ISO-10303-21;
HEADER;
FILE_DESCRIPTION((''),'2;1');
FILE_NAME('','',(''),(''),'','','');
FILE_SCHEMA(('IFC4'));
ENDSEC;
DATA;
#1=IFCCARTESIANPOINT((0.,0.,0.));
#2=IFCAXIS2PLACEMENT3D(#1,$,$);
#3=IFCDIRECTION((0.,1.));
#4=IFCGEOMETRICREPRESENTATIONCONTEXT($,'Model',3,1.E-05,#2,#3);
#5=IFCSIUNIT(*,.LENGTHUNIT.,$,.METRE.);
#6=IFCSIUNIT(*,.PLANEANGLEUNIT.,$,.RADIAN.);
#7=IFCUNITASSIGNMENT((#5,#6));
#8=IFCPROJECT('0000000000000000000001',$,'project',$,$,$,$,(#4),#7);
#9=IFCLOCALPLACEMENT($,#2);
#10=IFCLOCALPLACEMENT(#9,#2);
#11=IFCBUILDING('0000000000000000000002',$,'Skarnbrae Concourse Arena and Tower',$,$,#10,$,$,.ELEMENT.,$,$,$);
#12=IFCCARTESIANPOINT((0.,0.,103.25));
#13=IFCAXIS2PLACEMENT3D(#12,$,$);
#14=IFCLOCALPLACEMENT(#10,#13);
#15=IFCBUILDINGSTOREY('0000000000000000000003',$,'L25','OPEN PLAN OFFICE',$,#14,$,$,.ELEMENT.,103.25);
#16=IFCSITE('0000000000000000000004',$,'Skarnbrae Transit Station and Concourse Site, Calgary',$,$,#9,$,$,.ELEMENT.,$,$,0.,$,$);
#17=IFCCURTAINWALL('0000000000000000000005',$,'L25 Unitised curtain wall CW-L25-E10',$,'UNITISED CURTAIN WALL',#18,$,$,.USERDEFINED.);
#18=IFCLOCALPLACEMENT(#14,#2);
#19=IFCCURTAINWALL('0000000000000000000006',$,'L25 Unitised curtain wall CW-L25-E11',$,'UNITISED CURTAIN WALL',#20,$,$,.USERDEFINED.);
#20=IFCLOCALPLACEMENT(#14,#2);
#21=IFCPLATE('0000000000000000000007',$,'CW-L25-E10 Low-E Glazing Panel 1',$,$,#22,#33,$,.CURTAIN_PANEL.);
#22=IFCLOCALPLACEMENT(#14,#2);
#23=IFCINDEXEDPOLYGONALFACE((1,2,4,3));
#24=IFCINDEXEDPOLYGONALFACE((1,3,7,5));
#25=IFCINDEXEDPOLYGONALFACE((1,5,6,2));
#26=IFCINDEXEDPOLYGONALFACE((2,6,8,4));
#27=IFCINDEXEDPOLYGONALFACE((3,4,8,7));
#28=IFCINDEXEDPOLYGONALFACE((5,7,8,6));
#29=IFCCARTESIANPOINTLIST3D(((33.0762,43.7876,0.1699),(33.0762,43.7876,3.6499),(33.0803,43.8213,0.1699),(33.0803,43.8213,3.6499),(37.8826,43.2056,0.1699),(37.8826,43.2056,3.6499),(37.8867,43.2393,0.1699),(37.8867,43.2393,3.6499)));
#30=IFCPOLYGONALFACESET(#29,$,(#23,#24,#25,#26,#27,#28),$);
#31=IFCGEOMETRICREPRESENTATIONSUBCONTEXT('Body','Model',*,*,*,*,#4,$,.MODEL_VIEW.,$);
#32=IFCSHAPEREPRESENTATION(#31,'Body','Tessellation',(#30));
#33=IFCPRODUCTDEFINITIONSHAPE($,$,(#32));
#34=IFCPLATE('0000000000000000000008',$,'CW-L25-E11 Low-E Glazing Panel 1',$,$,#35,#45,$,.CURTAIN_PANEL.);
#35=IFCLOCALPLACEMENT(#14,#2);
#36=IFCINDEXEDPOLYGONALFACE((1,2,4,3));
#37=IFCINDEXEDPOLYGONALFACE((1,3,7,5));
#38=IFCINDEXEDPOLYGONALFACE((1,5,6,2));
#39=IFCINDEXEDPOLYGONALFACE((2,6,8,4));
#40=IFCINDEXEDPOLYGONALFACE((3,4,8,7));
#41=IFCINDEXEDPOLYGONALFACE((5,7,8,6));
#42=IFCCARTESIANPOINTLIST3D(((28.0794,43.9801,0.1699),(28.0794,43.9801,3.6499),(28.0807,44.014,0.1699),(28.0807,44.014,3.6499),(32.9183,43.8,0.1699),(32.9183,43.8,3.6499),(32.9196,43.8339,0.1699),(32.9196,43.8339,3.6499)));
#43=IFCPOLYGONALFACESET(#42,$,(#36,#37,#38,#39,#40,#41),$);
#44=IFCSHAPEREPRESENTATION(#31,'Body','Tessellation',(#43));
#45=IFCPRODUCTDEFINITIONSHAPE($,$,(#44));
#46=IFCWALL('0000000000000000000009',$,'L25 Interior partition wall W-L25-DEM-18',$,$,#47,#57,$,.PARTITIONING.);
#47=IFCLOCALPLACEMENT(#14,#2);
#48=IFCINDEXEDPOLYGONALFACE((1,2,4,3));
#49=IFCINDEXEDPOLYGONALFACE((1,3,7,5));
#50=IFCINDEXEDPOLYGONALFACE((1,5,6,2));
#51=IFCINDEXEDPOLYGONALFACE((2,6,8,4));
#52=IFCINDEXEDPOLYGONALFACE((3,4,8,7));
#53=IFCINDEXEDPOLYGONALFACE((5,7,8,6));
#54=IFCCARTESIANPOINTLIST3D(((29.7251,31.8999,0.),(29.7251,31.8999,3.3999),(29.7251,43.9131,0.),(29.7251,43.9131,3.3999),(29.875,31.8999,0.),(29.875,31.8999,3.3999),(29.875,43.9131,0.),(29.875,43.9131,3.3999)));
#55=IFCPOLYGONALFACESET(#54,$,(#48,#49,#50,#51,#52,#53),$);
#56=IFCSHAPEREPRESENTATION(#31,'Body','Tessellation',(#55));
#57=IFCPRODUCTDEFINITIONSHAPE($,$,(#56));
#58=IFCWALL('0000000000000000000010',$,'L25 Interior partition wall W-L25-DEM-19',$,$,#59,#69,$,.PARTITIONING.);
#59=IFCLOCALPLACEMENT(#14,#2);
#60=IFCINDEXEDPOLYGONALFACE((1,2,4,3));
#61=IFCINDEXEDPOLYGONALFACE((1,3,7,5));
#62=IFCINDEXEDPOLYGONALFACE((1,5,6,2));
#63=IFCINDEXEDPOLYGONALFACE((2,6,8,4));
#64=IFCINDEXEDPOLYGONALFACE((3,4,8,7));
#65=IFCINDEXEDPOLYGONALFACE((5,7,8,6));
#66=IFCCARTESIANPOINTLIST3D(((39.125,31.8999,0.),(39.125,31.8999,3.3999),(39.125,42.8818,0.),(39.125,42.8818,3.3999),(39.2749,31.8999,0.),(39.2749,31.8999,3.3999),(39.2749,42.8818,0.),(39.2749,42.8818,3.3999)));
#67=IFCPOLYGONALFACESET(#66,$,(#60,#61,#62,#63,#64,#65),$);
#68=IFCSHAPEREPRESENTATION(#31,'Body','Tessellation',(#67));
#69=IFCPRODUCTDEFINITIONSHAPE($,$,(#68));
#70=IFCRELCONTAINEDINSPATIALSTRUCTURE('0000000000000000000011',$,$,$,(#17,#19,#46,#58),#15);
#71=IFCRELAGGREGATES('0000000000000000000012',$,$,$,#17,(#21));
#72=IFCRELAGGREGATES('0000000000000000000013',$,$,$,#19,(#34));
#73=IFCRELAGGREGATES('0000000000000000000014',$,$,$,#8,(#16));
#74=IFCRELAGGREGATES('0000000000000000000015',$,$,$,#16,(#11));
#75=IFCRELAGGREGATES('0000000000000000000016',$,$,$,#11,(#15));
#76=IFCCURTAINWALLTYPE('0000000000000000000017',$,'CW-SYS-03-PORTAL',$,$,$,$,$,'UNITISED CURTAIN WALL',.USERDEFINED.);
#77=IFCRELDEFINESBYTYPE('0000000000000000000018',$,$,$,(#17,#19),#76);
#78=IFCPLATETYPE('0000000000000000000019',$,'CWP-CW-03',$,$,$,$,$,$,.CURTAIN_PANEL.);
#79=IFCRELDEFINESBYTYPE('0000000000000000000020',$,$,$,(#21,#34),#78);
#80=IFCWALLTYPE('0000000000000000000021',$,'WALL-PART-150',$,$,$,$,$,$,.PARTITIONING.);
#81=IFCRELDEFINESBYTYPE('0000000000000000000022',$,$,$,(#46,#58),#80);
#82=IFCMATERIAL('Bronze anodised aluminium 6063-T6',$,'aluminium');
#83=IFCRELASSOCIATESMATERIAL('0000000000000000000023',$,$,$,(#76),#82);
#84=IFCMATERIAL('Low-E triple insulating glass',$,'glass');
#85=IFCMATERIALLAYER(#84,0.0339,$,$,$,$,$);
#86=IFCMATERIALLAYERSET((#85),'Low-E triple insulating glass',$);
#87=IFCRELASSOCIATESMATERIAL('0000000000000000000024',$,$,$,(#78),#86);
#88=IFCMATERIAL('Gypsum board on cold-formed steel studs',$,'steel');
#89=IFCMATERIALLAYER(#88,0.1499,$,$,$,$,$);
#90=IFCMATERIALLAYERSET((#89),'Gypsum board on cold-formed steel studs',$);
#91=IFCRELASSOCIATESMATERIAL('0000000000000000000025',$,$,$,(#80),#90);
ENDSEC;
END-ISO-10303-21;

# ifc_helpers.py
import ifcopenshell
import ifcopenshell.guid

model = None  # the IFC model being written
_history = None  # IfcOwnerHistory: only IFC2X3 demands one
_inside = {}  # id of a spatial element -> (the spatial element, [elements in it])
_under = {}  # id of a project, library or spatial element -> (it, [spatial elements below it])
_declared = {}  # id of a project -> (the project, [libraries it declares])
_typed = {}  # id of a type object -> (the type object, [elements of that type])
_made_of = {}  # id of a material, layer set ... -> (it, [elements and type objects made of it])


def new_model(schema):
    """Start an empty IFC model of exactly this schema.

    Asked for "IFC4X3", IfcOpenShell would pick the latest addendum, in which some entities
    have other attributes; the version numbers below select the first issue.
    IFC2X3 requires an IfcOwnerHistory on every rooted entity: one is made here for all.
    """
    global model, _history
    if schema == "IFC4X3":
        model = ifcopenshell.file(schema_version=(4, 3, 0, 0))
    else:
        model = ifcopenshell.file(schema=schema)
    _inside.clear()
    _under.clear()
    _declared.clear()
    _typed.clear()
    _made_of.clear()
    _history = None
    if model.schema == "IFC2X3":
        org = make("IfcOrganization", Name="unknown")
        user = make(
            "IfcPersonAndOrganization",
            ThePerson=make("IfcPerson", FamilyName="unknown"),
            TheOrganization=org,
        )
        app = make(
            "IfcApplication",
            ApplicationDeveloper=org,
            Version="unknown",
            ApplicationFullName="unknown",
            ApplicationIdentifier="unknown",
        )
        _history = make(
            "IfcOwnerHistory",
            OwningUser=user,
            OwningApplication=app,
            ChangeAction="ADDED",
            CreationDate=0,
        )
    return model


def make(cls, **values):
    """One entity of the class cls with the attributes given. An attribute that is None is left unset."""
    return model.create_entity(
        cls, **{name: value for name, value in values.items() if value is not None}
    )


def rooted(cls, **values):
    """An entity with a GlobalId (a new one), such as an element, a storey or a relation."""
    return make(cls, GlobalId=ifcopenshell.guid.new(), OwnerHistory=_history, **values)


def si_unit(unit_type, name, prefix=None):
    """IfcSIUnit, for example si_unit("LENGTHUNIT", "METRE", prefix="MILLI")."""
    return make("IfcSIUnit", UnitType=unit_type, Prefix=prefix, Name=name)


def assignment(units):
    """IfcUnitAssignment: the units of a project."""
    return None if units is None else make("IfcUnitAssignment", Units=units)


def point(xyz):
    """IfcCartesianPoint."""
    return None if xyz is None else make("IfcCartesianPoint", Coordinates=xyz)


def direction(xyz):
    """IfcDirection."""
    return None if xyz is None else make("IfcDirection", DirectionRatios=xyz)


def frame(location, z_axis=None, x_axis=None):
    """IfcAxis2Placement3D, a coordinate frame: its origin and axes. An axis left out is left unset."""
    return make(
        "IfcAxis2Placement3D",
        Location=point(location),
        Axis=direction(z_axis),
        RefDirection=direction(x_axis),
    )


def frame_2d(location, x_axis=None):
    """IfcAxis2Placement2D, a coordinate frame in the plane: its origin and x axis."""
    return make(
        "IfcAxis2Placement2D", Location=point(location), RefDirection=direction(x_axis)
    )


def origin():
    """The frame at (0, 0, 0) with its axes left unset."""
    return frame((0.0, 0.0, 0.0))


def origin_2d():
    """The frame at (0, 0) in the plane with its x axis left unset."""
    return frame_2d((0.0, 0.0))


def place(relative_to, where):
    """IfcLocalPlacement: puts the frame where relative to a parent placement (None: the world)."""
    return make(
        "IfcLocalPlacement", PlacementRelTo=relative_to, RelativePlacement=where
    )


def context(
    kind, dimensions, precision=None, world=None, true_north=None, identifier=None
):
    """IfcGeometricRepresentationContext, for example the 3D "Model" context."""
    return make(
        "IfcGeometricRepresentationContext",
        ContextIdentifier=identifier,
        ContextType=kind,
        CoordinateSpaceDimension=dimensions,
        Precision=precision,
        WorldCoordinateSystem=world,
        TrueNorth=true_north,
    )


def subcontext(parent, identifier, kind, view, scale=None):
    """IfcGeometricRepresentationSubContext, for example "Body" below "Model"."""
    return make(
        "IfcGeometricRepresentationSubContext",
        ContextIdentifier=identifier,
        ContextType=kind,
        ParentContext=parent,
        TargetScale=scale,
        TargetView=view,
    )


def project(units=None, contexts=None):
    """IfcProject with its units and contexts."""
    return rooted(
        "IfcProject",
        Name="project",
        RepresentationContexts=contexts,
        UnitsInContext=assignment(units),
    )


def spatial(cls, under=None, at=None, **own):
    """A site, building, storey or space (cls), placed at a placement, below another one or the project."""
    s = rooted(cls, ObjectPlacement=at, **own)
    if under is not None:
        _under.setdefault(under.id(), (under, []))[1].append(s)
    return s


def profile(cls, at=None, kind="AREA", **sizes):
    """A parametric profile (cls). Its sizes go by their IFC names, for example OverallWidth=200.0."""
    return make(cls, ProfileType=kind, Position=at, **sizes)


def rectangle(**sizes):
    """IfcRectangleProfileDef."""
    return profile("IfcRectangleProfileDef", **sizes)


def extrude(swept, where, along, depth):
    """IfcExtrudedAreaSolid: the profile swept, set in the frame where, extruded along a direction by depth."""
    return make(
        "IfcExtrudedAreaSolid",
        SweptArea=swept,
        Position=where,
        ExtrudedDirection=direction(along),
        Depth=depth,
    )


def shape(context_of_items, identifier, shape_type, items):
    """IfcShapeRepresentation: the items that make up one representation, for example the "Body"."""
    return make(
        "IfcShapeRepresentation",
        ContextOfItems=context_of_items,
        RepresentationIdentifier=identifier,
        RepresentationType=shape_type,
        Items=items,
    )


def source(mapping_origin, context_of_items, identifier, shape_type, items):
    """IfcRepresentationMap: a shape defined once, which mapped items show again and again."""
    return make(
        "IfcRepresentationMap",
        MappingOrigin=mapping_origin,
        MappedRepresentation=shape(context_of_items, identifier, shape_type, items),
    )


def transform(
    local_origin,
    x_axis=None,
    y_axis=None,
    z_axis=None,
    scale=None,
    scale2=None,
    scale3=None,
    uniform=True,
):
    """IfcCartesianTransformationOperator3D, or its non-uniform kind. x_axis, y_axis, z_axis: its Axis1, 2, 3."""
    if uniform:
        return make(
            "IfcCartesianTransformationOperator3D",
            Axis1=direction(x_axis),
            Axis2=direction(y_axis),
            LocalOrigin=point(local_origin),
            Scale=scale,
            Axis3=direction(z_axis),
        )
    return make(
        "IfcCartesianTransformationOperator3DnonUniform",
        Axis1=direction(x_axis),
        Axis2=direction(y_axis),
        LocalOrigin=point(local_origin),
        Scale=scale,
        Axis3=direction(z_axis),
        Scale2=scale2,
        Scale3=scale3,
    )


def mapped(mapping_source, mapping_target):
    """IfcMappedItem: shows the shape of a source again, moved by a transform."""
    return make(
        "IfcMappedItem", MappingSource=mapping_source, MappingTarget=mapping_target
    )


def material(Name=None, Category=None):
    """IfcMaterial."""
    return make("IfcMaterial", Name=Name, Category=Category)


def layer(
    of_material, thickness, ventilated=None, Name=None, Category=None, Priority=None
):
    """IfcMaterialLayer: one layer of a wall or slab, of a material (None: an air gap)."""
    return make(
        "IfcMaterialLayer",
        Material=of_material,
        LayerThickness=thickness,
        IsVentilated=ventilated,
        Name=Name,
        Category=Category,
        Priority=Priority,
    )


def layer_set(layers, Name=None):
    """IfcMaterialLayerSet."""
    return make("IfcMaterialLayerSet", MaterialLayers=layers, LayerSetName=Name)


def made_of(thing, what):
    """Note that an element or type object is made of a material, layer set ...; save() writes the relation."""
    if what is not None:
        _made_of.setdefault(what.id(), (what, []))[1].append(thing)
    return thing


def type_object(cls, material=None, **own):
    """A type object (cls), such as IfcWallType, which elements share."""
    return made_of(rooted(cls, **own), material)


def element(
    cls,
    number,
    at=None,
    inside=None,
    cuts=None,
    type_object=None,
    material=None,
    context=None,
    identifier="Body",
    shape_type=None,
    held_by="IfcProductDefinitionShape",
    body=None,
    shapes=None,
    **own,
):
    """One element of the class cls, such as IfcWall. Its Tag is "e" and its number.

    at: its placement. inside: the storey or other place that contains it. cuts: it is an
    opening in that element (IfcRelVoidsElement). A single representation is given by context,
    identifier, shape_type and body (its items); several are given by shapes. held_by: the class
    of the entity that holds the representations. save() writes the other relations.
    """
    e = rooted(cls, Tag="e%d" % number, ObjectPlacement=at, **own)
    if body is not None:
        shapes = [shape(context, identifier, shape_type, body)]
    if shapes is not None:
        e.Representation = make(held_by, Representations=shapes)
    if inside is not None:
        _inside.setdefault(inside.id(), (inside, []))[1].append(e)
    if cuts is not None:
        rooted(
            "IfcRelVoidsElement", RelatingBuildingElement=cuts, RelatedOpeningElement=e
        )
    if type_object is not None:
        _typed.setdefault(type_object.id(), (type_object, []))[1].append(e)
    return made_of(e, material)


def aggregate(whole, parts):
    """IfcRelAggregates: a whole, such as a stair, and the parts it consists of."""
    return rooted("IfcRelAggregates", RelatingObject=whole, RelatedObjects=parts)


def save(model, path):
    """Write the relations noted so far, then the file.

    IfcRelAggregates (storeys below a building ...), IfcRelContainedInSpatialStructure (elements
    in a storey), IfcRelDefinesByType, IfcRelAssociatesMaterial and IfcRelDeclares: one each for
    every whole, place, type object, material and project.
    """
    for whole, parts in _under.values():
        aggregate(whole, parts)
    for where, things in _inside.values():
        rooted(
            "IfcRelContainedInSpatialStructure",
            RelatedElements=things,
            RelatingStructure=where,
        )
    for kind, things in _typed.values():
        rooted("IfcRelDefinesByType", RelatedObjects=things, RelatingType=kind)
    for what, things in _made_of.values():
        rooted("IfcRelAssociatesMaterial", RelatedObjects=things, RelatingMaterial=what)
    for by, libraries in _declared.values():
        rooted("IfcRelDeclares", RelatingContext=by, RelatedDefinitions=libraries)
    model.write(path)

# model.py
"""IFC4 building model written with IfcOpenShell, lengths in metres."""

from ifc_helpers import new_model, si_unit, direction, frame, frame_2d, origin, origin_2d, place, context, subcontext, project, spatial, rectangle, extrude, source, transform, mapped, material, layer, layer_set, type_object, element, aggregate, save


model = new_model("IFC4")

# Units and contexts
model_context = context("Model", 3, precision=1e-05, world=origin(), true_north=direction((0.0, 1.0)))
body_context = subcontext(model_context, "Body", "Model", "MODEL_VIEW")
ifc_project = project(units=[si_unit("LENGTHUNIT", "METRE"), si_unit("PLANEANGLEUNIT", "RADIAN")], contexts=[model_context])

# Site, building, storey
site_placement = place(None, origin())
site = spatial("IfcSite", under=ifc_project, at=site_placement, Name="Skarnbrae Transit Station and Concourse Site, Calgary", CompositionType="ELEMENT", RefElevation=0.0)
building_placement = place(site_placement, origin())
building = spatial("IfcBuilding", under=site, at=building_placement, Name="Skarnbrae Concourse Arena and Tower", CompositionType="ELEMENT")
storey_placement = place(building_placement, frame((0.0, 0.0, 103.25)))
storey = spatial("IfcBuildingStorey", under=building, at=storey_placement, Name="L25", Description="OPEN PLAN OFFICE", CompositionType="ELEMENT", Elevation=103.25)

# Shared definitions
ifc_material_1 = material(Name="Bronze anodised aluminium 6063-T6", Category="aluminium")
curtain_wall_type = type_object("IfcCurtainWallType", Name="CW-SYS-03-PORTAL", ElementType="UNITISED CURTAIN WALL", PredefinedType="USERDEFINED", material=ifc_material_1)

# Curtain walls
curtain_wall_1_placement = place(storey_placement, origin())
curtain_wall_1 = element("IfcCurtainWall", 1, at=curtain_wall_1_placement, inside=storey, type_object=curtain_wall_type, Name="L25 Unitised curtain wall CW-L25-E10", ObjectType="UNITISED CURTAIN WALL", PredefinedType="USERDEFINED")
curtain_wall_2_placement = place(storey_placement, origin())
curtain_wall_2 = element("IfcCurtainWall", 2, at=curtain_wall_2_placement, inside=storey, type_object=curtain_wall_type, Name="L25 Unitised curtain wall CW-L25-E11", ObjectType="UNITISED CURTAIN WALL", PredefinedType="USERDEFINED")

# Plates
ifc_material_2 = material(Name="Low-E triple insulating glass", Category="glass")
ifc_layer_1 = layer(ifc_material_2, 0.0339)
ifc_layer_set_1 = layer_set([ifc_layer_1], Name="Low-E triple insulating glass")
plate_type = type_object("IfcPlateType", Name="CWP-CW-03", PredefinedType="CURTAIN_PANEL", material=ifc_layer_set_1)
shared_shape_1 = source(origin(), body_context, "Body", "SweptSolid", [
    extrude(rectangle(XDim=4.8416, YDim=0.0339, at=origin_2d()), origin(), (0.0, 0.0, 1.0), 3.48),
])
plate_1_placement = place(storey_placement, frame((35.4814, 43.5134, 0.1699), z_axis=(0.0, 0.0, 1.0), x_axis=(-0.992749, 0.120203, 0.0)))
plate_1 = element("IfcPlate", 3, at=plate_1_placement, type_object=plate_type, Name="CW-L25-E10 Low-E Glazing Panel 1", PredefinedType="CURTAIN_PANEL", context=body_context, shape_type="MappedRepresentation", body=[
    mapped(shared_shape_1, transform((0.0, 0.0, 0.0))),
])
aggregate(curtain_wall_1, [plate_1])
shared_shape_2 = source(origin(), body_context, "Body", "SweptSolid", [
    extrude(rectangle(XDim=4.8423, YDim=0.0339, at=origin_2d()), origin(), (0.0, 0.0, 1.0), 3.48),
])
plate_2_placement = place(storey_placement, frame((30.4995, 43.907, 0.1699), z_axis=(0.0, 0.0, 1.0), x_axis=(-0.999308, 0.037183, 0.0)))
plate_2 = element("IfcPlate", 4, at=plate_2_placement, type_object=plate_type, Name="CW-L25-E11 Low-E Glazing Panel 1", PredefinedType="CURTAIN_PANEL", context=body_context, shape_type="MappedRepresentation", body=[
    mapped(shared_shape_2, transform((0.0, 0.0, 0.0))),
])
aggregate(curtain_wall_2, [plate_2])

# Walls
ifc_material_3 = material(Name="Gypsum board on cold-formed steel studs", Category="steel")
ifc_layer_2 = layer(ifc_material_3, 0.1499)
ifc_layer_set_2 = layer_set([ifc_layer_2], Name="Gypsum board on cold-formed steel studs")
wall_type = type_object("IfcWallType", Name="WALL-PART-150", PredefinedType="PARTITIONING", material=ifc_layer_set_2)
shared_shape_3 = source(origin(), body_context, "Body", "SweptSolid", [
    extrude(rectangle(XDim=12.0132, YDim=0.1499, at=frame_2d((6.0066, 0.0))), origin(), (0.0, 0.0, 1.0), 3.3999),
])
wall_1_placement = place(storey_placement, frame((29.8, 43.9131, 0.0), z_axis=(0.0, 0.0, 1.0), x_axis=(0.0, -1.0, 0.0)))
element("IfcWall", 5, at=wall_1_placement, inside=storey, type_object=wall_type, Name="L25 Interior partition wall W-L25-DEM-18", PredefinedType="PARTITIONING", context=body_context, shape_type="MappedRepresentation", body=[
    mapped(shared_shape_3, transform((0.0, 0.0, 0.0))),
])
shared_shape_4 = source(origin(), body_context, "Body", "SweptSolid", [
    extrude(rectangle(XDim=10.9819, YDim=0.1499, at=frame_2d((5.491, 0.0))), origin(), (0.0, 0.0, 1.0), 3.3999),
])
wall_2_placement = place(storey_placement, frame((39.2, 42.8818, 0.0), z_axis=(0.0, 0.0, 1.0), x_axis=(0.0, -1.0, 0.0)))
element("IfcWall", 6, at=wall_2_placement, inside=storey, type_object=wall_type, Name="L25 Interior partition wall W-L25-DEM-19", PredefinedType="PARTITIONING", context=body_context, shape_type="MappedRepresentation", body=[
    mapped(shared_shape_4, transform((0.0, 0.0, 0.0))),
])

save(model, "model.ifc")
